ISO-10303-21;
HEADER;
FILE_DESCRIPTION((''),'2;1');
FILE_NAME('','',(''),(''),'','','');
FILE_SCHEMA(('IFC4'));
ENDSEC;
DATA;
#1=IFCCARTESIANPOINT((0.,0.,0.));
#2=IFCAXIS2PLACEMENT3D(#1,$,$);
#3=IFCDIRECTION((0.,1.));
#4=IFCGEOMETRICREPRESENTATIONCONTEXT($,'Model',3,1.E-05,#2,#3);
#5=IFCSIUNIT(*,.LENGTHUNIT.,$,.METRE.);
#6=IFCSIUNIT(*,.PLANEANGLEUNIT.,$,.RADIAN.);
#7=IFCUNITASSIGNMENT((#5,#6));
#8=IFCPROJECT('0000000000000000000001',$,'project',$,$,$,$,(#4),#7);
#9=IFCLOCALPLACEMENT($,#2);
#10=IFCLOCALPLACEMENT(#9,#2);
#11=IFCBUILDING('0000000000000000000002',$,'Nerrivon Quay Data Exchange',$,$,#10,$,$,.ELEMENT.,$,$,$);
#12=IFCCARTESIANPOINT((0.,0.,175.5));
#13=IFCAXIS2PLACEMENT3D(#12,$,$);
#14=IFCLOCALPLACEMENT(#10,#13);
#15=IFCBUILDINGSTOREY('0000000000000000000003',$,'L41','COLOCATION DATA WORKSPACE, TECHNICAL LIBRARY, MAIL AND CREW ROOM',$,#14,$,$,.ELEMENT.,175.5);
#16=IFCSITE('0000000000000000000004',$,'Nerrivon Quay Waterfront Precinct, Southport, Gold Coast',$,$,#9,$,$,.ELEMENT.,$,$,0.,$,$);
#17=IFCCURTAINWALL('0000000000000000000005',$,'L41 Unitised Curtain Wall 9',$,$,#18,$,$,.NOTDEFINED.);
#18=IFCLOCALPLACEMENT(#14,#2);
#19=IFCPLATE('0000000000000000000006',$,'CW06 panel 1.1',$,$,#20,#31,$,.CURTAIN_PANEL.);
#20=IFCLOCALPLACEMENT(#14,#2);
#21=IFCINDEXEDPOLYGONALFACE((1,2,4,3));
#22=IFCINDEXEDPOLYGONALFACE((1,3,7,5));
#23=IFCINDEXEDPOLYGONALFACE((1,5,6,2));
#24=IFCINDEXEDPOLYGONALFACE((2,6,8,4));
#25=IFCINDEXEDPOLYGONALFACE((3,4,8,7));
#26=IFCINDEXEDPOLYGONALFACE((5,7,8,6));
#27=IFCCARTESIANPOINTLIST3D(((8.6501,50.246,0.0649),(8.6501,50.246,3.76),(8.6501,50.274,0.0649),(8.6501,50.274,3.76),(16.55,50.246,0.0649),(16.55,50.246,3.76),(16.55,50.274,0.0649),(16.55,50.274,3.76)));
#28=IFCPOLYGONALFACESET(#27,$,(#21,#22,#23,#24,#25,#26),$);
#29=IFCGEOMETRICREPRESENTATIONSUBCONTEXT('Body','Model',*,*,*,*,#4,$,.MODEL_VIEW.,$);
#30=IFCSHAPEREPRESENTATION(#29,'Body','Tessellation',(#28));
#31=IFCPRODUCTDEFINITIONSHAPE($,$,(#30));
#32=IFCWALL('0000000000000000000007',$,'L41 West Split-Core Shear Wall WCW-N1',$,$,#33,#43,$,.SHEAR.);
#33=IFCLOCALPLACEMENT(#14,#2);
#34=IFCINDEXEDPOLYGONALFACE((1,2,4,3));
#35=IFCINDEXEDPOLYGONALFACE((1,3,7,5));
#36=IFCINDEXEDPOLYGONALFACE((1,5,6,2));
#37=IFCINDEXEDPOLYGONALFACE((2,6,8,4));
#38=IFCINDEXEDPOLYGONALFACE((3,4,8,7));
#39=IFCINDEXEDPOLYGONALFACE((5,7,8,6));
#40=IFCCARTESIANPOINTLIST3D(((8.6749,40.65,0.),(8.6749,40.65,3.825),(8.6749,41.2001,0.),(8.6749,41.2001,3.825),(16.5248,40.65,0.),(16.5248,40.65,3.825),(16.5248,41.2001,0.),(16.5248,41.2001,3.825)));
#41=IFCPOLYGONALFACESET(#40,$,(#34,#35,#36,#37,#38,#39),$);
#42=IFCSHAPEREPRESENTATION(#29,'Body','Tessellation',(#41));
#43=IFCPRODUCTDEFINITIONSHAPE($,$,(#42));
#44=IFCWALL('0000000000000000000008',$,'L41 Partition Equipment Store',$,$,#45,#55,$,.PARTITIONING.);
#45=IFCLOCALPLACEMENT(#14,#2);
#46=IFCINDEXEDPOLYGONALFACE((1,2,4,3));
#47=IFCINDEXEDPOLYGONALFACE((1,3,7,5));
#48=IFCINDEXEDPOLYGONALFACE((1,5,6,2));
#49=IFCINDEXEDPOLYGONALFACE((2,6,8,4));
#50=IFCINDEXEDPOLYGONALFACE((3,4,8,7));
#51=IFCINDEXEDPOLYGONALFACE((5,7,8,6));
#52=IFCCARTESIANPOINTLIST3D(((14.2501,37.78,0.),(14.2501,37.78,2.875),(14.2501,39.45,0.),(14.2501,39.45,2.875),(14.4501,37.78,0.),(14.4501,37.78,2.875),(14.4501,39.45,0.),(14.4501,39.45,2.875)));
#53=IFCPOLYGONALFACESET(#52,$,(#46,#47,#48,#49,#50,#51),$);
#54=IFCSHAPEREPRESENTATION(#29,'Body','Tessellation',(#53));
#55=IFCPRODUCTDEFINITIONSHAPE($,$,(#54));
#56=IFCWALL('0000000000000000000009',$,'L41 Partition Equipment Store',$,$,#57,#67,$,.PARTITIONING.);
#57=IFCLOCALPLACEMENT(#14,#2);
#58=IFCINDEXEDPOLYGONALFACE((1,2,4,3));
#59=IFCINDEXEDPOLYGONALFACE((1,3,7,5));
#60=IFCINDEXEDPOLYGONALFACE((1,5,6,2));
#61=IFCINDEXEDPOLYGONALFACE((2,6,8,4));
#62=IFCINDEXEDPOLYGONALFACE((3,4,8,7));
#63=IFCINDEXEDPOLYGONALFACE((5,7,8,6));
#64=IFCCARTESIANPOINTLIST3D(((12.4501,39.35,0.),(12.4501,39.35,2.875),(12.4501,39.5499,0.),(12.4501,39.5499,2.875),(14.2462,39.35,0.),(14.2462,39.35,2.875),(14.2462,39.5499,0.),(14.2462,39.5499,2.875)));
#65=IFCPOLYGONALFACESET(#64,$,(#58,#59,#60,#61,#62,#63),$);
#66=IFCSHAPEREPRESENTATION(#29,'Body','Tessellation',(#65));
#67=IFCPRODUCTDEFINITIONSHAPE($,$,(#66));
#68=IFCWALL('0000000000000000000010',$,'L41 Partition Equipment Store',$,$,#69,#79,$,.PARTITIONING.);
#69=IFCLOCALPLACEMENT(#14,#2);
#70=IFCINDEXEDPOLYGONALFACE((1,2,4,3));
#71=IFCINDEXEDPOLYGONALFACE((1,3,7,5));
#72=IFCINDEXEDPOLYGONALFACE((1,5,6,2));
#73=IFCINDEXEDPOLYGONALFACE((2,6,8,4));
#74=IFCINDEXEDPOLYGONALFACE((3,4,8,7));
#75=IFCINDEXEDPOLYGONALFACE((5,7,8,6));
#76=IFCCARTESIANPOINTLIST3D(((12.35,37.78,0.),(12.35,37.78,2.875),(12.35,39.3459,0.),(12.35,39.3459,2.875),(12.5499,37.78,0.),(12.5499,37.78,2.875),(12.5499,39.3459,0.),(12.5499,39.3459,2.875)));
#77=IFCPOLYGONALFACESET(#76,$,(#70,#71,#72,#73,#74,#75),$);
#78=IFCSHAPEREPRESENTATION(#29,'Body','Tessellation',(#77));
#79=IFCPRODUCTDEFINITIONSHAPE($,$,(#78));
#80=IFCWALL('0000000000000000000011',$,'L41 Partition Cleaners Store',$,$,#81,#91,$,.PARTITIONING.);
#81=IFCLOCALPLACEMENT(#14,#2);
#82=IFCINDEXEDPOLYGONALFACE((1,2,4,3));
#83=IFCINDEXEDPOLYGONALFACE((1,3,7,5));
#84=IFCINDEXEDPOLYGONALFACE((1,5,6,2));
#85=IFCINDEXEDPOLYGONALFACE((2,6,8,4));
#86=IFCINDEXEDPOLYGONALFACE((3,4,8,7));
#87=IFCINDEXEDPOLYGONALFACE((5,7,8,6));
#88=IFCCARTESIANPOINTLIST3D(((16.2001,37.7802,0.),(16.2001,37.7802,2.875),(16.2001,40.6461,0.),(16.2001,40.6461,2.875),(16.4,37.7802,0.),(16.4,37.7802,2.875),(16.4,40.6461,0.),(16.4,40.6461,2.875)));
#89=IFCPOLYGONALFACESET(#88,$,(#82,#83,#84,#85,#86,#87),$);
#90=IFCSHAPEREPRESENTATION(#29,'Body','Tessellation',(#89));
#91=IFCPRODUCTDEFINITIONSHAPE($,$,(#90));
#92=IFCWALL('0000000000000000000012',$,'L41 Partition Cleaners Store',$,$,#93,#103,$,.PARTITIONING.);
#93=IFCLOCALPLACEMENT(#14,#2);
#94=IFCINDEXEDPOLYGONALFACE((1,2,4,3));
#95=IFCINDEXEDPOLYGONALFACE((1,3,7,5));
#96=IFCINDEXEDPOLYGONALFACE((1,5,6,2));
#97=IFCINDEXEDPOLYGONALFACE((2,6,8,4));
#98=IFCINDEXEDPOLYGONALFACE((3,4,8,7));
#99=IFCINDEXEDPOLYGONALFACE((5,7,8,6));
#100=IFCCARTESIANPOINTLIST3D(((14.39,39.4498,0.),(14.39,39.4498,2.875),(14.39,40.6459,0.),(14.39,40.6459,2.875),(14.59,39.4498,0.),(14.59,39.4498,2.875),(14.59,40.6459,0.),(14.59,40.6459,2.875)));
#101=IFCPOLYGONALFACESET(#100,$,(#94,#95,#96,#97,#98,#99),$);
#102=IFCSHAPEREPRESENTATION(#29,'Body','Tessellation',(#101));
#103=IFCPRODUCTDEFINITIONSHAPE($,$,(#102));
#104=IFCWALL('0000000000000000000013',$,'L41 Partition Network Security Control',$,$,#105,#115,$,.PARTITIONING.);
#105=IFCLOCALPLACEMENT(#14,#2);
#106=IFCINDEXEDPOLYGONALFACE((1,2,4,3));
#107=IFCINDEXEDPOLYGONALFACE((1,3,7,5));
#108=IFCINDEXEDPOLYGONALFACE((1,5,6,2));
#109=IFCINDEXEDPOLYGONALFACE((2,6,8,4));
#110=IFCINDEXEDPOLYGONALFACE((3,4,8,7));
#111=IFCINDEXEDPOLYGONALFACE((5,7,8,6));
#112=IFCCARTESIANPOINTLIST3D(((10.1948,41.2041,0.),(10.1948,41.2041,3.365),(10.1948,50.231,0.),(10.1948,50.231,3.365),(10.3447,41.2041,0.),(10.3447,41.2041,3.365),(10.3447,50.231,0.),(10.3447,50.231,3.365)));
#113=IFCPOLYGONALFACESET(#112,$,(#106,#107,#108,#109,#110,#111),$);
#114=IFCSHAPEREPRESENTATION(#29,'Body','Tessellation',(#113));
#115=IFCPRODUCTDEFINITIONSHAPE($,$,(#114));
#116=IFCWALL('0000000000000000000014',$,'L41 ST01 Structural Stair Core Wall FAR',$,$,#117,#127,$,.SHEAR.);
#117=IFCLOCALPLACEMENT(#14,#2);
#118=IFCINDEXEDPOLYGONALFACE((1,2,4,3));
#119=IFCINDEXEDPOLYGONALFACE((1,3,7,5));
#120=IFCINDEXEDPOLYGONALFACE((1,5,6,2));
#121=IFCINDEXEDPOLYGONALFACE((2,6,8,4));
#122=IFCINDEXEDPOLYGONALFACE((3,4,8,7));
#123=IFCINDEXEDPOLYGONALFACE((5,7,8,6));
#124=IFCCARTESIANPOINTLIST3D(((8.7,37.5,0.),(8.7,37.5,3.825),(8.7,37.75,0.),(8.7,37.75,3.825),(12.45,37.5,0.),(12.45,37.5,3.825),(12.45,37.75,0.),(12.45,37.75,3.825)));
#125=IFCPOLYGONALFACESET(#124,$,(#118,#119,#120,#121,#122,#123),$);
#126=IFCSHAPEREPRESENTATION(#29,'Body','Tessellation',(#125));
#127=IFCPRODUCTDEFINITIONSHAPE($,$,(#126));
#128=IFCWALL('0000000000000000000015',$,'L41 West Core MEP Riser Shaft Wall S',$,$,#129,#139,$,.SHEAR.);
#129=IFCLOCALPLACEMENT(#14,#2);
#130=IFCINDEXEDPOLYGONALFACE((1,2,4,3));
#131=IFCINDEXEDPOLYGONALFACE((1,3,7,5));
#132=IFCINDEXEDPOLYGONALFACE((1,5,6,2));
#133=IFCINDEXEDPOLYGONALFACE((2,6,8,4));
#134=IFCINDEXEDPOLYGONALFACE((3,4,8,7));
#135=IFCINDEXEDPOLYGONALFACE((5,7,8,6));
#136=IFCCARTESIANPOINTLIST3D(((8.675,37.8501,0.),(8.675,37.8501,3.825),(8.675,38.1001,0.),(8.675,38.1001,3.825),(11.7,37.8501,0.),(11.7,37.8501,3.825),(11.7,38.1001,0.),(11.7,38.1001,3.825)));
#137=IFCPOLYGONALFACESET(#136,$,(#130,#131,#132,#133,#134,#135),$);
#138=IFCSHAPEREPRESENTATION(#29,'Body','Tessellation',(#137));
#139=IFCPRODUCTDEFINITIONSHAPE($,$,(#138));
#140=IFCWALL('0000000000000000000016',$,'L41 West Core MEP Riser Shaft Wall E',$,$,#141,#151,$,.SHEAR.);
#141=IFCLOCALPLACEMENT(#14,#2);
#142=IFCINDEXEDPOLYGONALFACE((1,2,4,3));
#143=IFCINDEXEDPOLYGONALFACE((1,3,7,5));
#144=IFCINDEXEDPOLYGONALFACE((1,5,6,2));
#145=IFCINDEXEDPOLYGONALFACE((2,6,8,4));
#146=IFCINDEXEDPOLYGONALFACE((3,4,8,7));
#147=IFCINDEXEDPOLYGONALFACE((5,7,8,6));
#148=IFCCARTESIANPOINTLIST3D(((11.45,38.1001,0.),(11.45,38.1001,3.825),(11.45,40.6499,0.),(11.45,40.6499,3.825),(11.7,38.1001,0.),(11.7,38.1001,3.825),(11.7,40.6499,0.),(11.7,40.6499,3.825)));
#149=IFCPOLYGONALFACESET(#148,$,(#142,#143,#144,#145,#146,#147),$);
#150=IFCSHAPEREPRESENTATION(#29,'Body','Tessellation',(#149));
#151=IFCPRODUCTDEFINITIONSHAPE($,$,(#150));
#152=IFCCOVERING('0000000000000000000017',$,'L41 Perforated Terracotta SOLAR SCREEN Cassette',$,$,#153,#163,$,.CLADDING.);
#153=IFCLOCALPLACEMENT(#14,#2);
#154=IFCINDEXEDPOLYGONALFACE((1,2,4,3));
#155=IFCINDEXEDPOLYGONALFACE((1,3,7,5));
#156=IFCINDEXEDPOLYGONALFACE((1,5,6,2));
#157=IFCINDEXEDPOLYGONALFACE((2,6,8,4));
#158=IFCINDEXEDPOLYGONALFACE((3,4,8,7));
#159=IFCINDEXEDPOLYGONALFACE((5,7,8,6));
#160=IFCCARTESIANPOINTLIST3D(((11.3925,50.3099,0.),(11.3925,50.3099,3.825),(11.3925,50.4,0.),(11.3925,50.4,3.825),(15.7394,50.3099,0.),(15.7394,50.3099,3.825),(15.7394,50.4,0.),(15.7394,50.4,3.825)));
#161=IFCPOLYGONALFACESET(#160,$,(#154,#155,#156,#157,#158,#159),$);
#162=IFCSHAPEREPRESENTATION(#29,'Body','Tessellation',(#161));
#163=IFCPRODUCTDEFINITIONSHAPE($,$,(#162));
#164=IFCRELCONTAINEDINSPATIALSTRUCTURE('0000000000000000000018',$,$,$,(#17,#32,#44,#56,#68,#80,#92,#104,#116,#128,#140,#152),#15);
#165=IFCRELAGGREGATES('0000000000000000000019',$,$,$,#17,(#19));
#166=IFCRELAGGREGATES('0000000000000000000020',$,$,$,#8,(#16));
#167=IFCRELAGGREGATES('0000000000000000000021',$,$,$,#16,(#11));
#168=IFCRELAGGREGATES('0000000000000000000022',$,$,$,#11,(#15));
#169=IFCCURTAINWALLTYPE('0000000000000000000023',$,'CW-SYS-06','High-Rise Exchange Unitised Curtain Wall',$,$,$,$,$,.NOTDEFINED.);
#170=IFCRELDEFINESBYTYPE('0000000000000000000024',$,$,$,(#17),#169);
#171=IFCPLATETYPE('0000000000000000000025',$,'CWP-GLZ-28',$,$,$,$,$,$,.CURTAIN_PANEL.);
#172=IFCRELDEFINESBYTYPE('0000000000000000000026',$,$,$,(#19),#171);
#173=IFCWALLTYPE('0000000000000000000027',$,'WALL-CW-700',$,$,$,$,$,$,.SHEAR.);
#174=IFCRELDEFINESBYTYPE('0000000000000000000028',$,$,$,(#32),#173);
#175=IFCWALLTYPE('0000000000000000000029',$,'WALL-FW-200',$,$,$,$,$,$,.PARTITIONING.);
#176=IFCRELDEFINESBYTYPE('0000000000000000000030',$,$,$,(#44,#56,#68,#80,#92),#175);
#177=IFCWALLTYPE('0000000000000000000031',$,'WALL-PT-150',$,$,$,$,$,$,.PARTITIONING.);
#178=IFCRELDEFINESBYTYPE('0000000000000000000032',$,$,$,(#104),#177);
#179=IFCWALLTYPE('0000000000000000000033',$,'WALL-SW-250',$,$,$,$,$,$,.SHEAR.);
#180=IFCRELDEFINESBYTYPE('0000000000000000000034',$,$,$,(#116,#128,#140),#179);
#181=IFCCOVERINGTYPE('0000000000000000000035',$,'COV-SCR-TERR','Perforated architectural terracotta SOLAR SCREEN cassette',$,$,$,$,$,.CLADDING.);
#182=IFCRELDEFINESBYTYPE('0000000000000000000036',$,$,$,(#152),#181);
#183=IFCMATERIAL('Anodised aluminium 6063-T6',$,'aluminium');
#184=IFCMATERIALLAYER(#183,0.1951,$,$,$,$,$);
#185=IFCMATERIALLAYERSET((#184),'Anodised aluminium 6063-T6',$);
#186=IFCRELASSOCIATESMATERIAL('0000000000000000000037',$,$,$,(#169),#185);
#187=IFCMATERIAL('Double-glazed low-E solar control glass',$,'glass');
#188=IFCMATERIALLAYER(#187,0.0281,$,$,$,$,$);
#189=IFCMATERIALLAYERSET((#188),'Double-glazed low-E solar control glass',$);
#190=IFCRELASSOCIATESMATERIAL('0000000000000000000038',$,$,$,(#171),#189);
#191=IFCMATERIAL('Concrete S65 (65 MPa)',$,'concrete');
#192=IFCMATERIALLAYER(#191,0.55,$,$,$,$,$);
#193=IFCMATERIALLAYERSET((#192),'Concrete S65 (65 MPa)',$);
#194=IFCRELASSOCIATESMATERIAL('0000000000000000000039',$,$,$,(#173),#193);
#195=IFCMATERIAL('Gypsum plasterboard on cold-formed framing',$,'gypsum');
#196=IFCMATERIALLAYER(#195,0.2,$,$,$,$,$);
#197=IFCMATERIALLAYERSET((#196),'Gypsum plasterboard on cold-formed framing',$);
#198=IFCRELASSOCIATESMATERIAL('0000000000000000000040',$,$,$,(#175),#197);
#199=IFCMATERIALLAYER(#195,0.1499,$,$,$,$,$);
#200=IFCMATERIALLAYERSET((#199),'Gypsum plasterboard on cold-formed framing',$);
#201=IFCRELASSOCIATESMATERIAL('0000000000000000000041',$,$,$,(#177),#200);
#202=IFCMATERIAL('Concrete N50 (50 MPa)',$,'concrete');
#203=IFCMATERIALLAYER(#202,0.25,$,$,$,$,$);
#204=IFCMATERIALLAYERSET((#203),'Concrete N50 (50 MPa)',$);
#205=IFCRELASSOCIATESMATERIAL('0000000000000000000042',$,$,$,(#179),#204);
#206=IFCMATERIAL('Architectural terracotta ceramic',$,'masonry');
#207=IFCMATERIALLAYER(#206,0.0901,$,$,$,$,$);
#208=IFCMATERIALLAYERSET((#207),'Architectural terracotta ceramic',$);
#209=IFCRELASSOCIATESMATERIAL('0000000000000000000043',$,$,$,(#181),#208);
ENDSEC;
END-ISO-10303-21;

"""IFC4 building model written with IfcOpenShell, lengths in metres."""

from ifc_helpers import new_model, si_unit, direction, frame, frame_2d, origin, origin_2d, place, context, subcontext, project, spatial, rectangle, extrude, material, layer, layer_set, type_object, element, aggregate, save


model = new_model("IFC4")

# Units and contexts
model_context = context("Model", 3, precision=1e-05, world=origin(), true_north=direction((0.0, 1.0)))
body_context = subcontext(model_context, "Body", "Model", "MODEL_VIEW")
ifc_project = project(units=[si_unit("LENGTHUNIT", "METRE"), si_unit("PLANEANGLEUNIT", "RADIAN")], contexts=[model_context])

# Site, building, storey
site_placement = place(None, origin())
site = spatial("IfcSite", under=ifc_project, at=site_placement, Name="Nerrivon Quay Waterfront Precinct, Southport, Gold Coast", CompositionType="ELEMENT", RefElevation=0.0)
building_placement = place(site_placement, origin())
building = spatial("IfcBuilding", under=site, at=building_placement, Name="Nerrivon Quay Data Exchange", CompositionType="ELEMENT")
storey_placement = place(building_placement, frame((0.0, 0.0, 175.5)))
storey = spatial("IfcBuildingStorey", under=building, at=storey_placement, Name="L41", Description="COLOCATION DATA WORKSPACE, TECHNICAL LIBRARY, MAIL AND CREW ROOM", CompositionType="ELEMENT", Elevation=175.5)

# Shared definitions
ifc_material_1 = material(Name="Concrete S65 (65 MPa)", Category="concrete")

# Shared definitions
ifc_material_2 = material(Name="Concrete N50 (50 MPa)", Category="concrete")

# Shared definitions
ifc_material_3 = material(Name="Anodised aluminium 6063-T6", Category="aluminium")
ifc_layer_1 = layer(ifc_material_3, 0.1951)
ifc_layer_set_1 = layer_set([ifc_layer_1], Name="Anodised aluminium 6063-T6")
curtain_wall_type = type_object("IfcCurtainWallType", Name="CW-SYS-06", Description="High-Rise Exchange Unitised Curtain Wall", PredefinedType="NOTDEFINED", material=ifc_layer_set_1)

# Curtain wall, plate
curtain_wall_1_placement = place(storey_placement, origin())
curtain_wall_1 = element("IfcCurtainWall", 1, at=curtain_wall_1_placement, inside=storey, type_object=curtain_wall_type, Name="L41 Unitised Curtain Wall 9", PredefinedType="NOTDEFINED")
ifc_material_4 = material(Name="Double-glazed low-E solar control glass", Category="glass")
ifc_layer_2 = layer(ifc_material_4, 0.0281)
ifc_layer_set_2 = layer_set([ifc_layer_2], Name="Double-glazed low-E solar control glass")
plate_type = type_object("IfcPlateType", Name="CWP-GLZ-28", PredefinedType="CURTAIN_PANEL", material=ifc_layer_set_2)
plate_placement = place(storey_placement, frame((12.6001, 50.26, 0.0649), z_axis=(0.0, 0.0, 1.0), x_axis=(1.0, 0.0, 0.0)))
plate = element("IfcPlate", 2, at=plate_placement, type_object=plate_type, Name="CW06 panel 1.1", PredefinedType="CURTAIN_PANEL", context=body_context, shape_type="SweptSolid", body=[
    extrude(rectangle(XDim=7.8999, YDim=0.0281, at=origin_2d()), origin(), (0.0, 0.0, 1.0), 3.6951),
])
aggregate(curtain_wall_1, [plate])

# Walls
ifc_layer_3 = layer(ifc_material_1, 0.55)
ifc_layer_set_3 = layer_set([ifc_layer_3], Name="Concrete S65 (65 MPa)")
wall_type_1 = type_object("IfcWallType", Name="WALL-CW-700", PredefinedType="SHEAR", material=ifc_layer_set_3)
wall_1_placement = place(storey_placement, frame((8.675, 40.925, 0.0), z_axis=(0.0, 0.0, 1.0), x_axis=(1.0, 0.0, 0.0)))
element("IfcWall", 3, at=wall_1_placement, inside=storey, type_object=wall_type_1, Name="L41 West Split-Core Shear Wall WCW-N1", PredefinedType="SHEAR", context=body_context, shape_type="SweptSolid", body=[
    extrude(rectangle(XDim=7.8499, YDim=0.55, at=frame_2d((3.9248, 0.0))), origin(), (0.0, 0.0, 1.0), 3.825),
])
ifc_material_5 = material(Name="Gypsum plasterboard on cold-formed framing", Category="gypsum")
ifc_layer_4 = layer(ifc_material_5, 0.2)
ifc_layer_set_4 = layer_set([ifc_layer_4], Name="Gypsum plasterboard on cold-formed framing")
wall_type_2 = type_object("IfcWallType", Name="WALL-FW-200", PredefinedType="PARTITIONING", material=ifc_layer_set_4)
wall_2_placement = place(storey_placement, frame((14.3501, 37.78, 0.0), z_axis=(0.0, 0.0, 1.0), x_axis=(0.0, 1.0, 0.0)))
element("IfcWall", 4, at=wall_2_placement, inside=storey, type_object=wall_type_2, Name="L41 Partition Equipment Store", PredefinedType="PARTITIONING", context=body_context, shape_type="SweptSolid", body=[
    extrude(rectangle(XDim=1.6699, YDim=0.2, at=frame_2d((0.835, 0.0))), origin(), (0.0, 0.0, 1.0), 2.875),
])
wall_3_placement = place(storey_placement, frame((14.2461, 39.45, 0.0), z_axis=(0.0, 0.0, 1.0), x_axis=(-1.0, 0.0, 0.0)))
element("IfcWall", 5, at=wall_3_placement, inside=storey, type_object=wall_type_2, Name="L41 Partition Equipment Store", PredefinedType="PARTITIONING", context=body_context, shape_type="SweptSolid", body=[
    extrude(rectangle(XDim=1.7961, YDim=0.2, at=frame_2d((0.8979, 0.0))), origin(), (0.0, 0.0, 1.0), 2.875),
])
wall_4_placement = place(storey_placement, frame((12.45, 39.3459, 0.0), z_axis=(0.0, 0.0, 1.0), x_axis=(0.0, -1.0, 0.0)))
element("IfcWall", 6, at=wall_4_placement, inside=storey, type_object=wall_type_2, Name="L41 Partition Equipment Store", PredefinedType="PARTITIONING", context=body_context, shape_type="SweptSolid", body=[
    extrude(rectangle(XDim=1.5659, YDim=0.2, at=frame_2d((0.783, 0.0))), origin(), (0.0, 0.0, 1.0), 2.875),
])
wall_5_placement = place(storey_placement, frame((16.3, 37.78, 0.0), z_axis=(0.0, 0.0, 1.0), x_axis=(0.0, 1.0, 0.0)))
element("IfcWall", 7, at=wall_5_placement, inside=storey, type_object=wall_type_2, Name="L41 Partition Cleaners Store", PredefinedType="PARTITIONING", context=body_context, shape_type="SweptSolid", body=[
    extrude(rectangle(XDim=2.866, YDim=0.2, at=frame_2d((1.4331, 0.0))), origin(), (0.0, 0.0, 1.0), 2.875),
])
wall_6_placement = place(storey_placement, frame((14.49, 40.646, 0.0), z_axis=(0.0, 0.0, 1.0), x_axis=(0.0, -1.0, 0.0)))
element("IfcWall", 8, at=wall_6_placement, inside=storey, type_object=wall_type_2, Name="L41 Partition Cleaners Store", PredefinedType="PARTITIONING", context=body_context, shape_type="SweptSolid", body=[
    extrude(rectangle(XDim=1.196, YDim=0.2, at=frame_2d((0.5981, 0.0))), origin(), (0.0, 0.0, 1.0), 2.875),
])
ifc_layer_5 = layer(ifc_material_5, 0.1499)
ifc_layer_set_5 = layer_set([ifc_layer_5], Name="Gypsum plasterboard on cold-formed framing")
wall_type_3 = type_object("IfcWallType", Name="WALL-PT-150", PredefinedType="PARTITIONING", material=ifc_layer_set_5)
wall_7_placement = place(storey_placement, frame((10.2698, 41.2041, 0.0), z_axis=(0.0, 0.0, 1.0), x_axis=(0.0, 1.0, 0.0)))
element("IfcWall", 9, at=wall_7_placement, inside=storey, type_object=wall_type_3, Name="L41 Partition Network Security Control", PredefinedType="PARTITIONING", context=body_context, shape_type="SweptSolid", body=[
    extrude(rectangle(XDim=9.0269, YDim=0.1499, at=frame_2d((4.5134, 0.0))), origin(), (0.0, 0.0, 1.0), 3.365),
])
ifc_layer_6 = layer(ifc_material_2, 0.25)
ifc_layer_set_6 = layer_set([ifc_layer_6], Name="Concrete N50 (50 MPa)")
wall_type_4 = type_object("IfcWallType", Name="WALL-SW-250", PredefinedType="SHEAR", material=ifc_layer_set_6)
wall_8_placement = place(storey_placement, frame((12.45, 37.625, 0.0), z_axis=(0.0, 0.0, 1.0), x_axis=(-1.0, 0.0, 0.0)))
element("IfcWall", 10, at=wall_8_placement, inside=storey, type_object=wall_type_4, Name="L41 ST01 Structural Stair Core Wall FAR", PredefinedType="SHEAR", context=body_context, shape_type="SweptSolid", body=[
    extrude(rectangle(XDim=3.75, YDim=0.25, at=frame_2d((1.875, 0.0))), origin(), (0.0, 0.0, 1.0), 3.825),
])
wall_9_placement = place(storey_placement, frame((8.675, 37.9751, 0.0), z_axis=(0.0, 0.0, 1.0), x_axis=(1.0, 0.0, 0.0)))
element("IfcWall", 11, at=wall_9_placement, inside=storey, type_object=wall_type_4, Name="L41 West Core MEP Riser Shaft Wall S", PredefinedType="SHEAR", context=body_context, shape_type="SweptSolid", body=[
    extrude(rectangle(XDim=3.0249, YDim=0.25, at=frame_2d((1.5125, 0.0))), origin(), (0.0, 0.0, 1.0), 3.825),
])
wall_10_placement = place(storey_placement, frame((11.575, 38.1001, 0.0), z_axis=(0.0, 0.0, 1.0), x_axis=(0.0, 1.0, 0.0)))
element("IfcWall", 12, at=wall_10_placement, inside=storey, type_object=wall_type_4, Name="L41 West Core MEP Riser Shaft Wall E", PredefinedType="SHEAR", context=body_context, shape_type="SweptSolid", body=[
    extrude(rectangle(XDim=2.5498, YDim=0.25, at=frame_2d((1.2749, 0.0))), origin(), (0.0, 0.0, 1.0), 3.825),
])

# Covering
ifc_material_6 = material(Name="Architectural terracotta ceramic", Category="masonry")
ifc_layer_7 = layer(ifc_material_6, 0.0901)
ifc_layer_set_7 = layer_set([ifc_layer_7], Name="Architectural terracotta ceramic")
covering_type = type_object("IfcCoveringType", Name="COV-SCR-TERR", Description="Perforated architectural terracotta SOLAR SCREEN cassette", PredefinedType="CLADDING", material=ifc_layer_set_7)
covering_placement = place(storey_placement, frame((13.5659, 50.355, 0.0), z_axis=(0.0, 0.0, 1.0), x_axis=(1.0, 0.0, 0.0)))
element("IfcCovering", 13, at=covering_placement, inside=storey, type_object=covering_type, Name="L41 Perforated Terracotta SOLAR SCREEN Cassette", PredefinedType="CLADDING", context=body_context, shape_type="SweptSolid", body=[
    extrude(rectangle(XDim=4.3469, YDim=0.0901, at=origin_2d()), origin(), (0.0, 0.0, 1.0), 3.825),
])

save(model, "model.ifc")
